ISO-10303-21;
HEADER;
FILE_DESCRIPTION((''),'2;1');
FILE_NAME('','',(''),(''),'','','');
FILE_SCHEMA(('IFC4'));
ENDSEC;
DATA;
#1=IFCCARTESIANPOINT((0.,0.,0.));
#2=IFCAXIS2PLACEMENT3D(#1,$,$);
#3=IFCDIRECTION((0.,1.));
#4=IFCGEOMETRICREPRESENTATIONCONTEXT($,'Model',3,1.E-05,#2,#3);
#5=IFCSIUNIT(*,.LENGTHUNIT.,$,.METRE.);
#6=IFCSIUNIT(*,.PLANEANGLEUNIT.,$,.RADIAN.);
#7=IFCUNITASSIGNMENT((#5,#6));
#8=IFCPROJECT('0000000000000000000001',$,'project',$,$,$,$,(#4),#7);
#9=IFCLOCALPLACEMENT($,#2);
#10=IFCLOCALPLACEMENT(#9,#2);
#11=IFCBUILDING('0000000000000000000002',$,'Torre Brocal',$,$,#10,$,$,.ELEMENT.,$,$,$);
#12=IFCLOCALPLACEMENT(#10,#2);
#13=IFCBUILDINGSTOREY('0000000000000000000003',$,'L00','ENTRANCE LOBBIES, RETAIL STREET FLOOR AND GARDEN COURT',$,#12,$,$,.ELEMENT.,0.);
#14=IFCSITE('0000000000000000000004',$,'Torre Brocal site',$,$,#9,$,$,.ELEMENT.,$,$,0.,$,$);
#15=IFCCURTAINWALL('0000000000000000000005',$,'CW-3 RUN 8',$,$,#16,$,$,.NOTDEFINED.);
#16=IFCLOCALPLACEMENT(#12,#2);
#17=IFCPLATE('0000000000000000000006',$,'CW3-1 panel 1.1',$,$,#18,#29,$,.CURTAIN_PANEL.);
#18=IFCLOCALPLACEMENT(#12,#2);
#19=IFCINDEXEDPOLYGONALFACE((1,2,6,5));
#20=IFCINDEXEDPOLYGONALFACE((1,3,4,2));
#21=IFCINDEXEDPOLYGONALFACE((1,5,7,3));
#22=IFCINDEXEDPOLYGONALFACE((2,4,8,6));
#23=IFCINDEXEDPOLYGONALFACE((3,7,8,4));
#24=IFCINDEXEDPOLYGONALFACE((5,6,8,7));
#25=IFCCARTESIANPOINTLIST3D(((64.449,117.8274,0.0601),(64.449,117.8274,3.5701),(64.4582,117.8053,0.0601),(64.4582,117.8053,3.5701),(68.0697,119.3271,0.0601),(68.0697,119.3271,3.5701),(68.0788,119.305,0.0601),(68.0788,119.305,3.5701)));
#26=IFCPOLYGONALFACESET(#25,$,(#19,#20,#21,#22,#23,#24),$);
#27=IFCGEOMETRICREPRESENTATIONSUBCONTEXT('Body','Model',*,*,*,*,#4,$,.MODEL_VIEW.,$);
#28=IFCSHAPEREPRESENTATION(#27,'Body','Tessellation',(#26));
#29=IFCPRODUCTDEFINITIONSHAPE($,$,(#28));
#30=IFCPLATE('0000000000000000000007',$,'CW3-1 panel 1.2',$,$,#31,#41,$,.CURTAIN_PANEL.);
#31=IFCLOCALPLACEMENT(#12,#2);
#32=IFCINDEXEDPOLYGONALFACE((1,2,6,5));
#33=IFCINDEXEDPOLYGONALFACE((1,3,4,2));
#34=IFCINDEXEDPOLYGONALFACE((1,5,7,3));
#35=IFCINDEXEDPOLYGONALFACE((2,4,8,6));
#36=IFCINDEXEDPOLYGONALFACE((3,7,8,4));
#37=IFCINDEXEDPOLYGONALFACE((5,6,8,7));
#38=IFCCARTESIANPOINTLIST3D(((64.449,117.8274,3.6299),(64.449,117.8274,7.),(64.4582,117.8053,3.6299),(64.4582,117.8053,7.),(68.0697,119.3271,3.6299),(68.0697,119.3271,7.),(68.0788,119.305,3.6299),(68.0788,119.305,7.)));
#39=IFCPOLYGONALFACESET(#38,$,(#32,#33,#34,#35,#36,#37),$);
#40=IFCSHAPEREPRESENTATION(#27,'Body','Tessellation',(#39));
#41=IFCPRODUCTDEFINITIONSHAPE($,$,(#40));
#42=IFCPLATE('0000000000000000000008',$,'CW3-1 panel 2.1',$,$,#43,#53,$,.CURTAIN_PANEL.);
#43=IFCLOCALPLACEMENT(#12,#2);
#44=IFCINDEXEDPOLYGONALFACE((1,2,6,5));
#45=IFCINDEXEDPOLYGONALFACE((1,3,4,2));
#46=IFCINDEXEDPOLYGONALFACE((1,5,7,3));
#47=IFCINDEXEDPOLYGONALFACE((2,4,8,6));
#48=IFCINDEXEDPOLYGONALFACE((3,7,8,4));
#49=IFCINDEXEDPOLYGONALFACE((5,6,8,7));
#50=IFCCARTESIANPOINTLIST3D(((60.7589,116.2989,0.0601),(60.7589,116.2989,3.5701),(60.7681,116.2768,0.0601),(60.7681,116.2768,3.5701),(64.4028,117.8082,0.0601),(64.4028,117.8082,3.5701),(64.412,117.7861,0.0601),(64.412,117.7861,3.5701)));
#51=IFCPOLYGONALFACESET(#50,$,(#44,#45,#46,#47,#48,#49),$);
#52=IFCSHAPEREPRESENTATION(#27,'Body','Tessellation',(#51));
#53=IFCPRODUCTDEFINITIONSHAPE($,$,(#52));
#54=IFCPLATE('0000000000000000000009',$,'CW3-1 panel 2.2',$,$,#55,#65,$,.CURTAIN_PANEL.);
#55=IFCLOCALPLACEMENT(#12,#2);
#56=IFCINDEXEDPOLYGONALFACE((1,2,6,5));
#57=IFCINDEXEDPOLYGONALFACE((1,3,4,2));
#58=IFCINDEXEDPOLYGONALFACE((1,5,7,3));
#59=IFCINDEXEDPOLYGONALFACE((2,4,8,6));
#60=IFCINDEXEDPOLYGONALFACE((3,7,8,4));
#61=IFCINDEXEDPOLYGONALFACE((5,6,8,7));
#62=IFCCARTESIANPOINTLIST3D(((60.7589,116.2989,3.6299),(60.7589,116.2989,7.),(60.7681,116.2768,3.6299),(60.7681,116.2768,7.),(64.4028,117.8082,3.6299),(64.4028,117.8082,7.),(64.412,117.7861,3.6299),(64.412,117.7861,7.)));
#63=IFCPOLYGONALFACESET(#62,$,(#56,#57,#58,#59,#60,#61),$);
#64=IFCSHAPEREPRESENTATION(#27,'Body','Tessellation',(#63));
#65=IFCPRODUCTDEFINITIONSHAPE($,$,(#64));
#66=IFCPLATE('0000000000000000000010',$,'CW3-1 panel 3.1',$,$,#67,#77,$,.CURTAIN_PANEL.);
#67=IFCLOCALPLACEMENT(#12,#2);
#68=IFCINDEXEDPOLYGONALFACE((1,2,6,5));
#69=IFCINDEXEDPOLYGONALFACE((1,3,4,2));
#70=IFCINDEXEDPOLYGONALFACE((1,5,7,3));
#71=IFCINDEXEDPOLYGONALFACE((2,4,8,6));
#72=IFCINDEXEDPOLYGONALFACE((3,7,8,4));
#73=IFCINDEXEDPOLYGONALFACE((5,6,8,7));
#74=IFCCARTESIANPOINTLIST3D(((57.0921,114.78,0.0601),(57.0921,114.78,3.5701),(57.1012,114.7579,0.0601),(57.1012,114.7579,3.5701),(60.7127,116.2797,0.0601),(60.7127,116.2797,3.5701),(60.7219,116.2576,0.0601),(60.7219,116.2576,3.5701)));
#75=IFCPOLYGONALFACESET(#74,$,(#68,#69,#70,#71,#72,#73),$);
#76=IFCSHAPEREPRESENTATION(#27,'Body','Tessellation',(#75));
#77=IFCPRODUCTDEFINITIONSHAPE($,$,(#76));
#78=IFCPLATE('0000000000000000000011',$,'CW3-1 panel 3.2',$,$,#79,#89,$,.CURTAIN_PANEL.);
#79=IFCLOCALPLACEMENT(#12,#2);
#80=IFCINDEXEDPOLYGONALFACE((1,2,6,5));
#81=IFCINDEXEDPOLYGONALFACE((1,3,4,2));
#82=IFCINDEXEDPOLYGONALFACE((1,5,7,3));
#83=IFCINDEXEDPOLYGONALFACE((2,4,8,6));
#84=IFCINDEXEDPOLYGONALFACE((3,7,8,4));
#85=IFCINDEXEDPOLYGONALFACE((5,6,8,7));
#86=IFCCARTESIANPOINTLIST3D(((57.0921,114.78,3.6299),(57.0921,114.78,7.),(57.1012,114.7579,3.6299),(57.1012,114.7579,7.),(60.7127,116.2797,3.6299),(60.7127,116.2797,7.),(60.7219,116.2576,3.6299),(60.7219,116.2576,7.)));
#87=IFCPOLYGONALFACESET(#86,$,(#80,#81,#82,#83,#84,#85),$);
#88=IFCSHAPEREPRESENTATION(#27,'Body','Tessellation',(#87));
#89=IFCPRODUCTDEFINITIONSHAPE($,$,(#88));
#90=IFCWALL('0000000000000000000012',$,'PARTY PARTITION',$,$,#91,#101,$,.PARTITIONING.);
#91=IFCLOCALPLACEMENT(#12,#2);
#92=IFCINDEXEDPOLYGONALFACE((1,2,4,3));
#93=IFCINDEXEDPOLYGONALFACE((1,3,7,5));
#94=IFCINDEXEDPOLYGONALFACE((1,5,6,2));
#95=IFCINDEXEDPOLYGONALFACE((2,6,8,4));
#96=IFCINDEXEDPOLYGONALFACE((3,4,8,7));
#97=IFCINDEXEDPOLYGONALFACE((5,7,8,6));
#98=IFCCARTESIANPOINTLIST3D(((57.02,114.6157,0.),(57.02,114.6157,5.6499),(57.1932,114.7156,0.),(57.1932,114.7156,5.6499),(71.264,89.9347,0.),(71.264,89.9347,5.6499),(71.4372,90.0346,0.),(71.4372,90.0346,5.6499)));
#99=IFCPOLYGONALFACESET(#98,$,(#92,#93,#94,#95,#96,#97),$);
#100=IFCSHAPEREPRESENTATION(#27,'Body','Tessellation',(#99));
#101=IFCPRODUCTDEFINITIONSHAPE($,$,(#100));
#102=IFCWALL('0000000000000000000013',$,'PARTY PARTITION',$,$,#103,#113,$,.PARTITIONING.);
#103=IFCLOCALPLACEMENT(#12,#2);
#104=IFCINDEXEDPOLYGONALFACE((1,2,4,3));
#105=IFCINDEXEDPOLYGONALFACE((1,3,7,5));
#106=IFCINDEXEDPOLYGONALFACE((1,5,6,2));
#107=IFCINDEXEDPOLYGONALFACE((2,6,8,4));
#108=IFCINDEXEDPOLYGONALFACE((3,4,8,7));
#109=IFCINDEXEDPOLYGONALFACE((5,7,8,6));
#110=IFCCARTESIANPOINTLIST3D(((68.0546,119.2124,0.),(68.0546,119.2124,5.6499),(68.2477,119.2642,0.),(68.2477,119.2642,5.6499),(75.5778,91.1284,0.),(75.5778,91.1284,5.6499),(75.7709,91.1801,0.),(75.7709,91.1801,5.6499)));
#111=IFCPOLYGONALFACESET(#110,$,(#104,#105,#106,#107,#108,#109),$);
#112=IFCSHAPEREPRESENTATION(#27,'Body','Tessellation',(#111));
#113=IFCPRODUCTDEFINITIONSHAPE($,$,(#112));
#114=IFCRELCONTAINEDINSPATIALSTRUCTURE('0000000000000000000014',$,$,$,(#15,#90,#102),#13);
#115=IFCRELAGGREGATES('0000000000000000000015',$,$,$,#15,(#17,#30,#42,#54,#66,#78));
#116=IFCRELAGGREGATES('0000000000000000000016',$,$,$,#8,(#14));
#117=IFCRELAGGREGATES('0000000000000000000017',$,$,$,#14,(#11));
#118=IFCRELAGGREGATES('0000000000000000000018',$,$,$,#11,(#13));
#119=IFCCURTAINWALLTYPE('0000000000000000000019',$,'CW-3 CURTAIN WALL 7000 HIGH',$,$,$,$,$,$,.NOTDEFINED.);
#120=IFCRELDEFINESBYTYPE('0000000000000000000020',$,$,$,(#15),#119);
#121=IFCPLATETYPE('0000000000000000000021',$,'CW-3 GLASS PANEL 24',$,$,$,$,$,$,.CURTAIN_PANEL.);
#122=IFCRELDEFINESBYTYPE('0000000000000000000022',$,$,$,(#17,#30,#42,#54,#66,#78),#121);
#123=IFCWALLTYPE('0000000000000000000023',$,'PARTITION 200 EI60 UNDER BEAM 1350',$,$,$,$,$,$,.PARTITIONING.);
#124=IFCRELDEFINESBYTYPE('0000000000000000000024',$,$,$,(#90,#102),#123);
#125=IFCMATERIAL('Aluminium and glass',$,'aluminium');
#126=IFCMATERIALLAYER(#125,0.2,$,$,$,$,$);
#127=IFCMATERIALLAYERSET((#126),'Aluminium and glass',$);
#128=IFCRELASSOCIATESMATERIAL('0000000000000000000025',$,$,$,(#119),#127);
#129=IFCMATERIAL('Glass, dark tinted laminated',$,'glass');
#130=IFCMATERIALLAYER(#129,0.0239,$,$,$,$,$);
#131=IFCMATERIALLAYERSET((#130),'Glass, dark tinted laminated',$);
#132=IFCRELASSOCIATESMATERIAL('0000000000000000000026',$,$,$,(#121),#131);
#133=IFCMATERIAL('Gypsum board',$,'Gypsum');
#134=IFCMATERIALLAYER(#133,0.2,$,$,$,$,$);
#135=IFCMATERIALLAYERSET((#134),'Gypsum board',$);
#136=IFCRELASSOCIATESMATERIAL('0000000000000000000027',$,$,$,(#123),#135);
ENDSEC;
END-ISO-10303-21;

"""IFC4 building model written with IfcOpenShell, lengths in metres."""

from ifc_helpers import new_model, si_unit, direction, frame, frame_2d, origin, origin_2d, place, context, subcontext, project, spatial, rectangle, extrude, material, layer, layer_set, type_object, element, aggregate, save


model = new_model("IFC4")

# Units and contexts
model_context = context("Model", 3, precision=1e-05, world=origin(), true_north=direction((0.0, 1.0)))
body_context = subcontext(model_context, "Body", "Model", "MODEL_VIEW")
ifc_project = project(units=[si_unit("LENGTHUNIT", "METRE"), si_unit("PLANEANGLEUNIT", "RADIAN")], contexts=[model_context])

# Site, building, storey
site_placement = place(None, origin())
site = spatial("IfcSite", under=ifc_project, at=site_placement, Name="Torre Brocal site", CompositionType="ELEMENT", RefElevation=0.0)
building_placement = place(site_placement, origin())
building = spatial("IfcBuilding", under=site, at=building_placement, Name="Torre Brocal", CompositionType="ELEMENT")
storey_placement = place(building_placement, origin())
storey = spatial("IfcBuildingStorey", under=building, at=storey_placement, Name="L00", Description="ENTRANCE LOBBIES, RETAIL STREET FLOOR AND GARDEN COURT", CompositionType="ELEMENT", Elevation=0.0)

# Curtain wall
ifc_material_1 = material(Name="Aluminium and glass", Category="aluminium")
ifc_layer_1 = layer(ifc_material_1, 0.2)
ifc_layer_set_1 = layer_set([ifc_layer_1], Name="Aluminium and glass")
curtain_wall_type = type_object("IfcCurtainWallType", Name="CW-3 CURTAIN WALL 7000 HIGH", PredefinedType="NOTDEFINED", material=ifc_layer_set_1)
curtain_wall_1_placement = place(storey_placement, origin())
curtain_wall_1 = element("IfcCurtainWall", 1, at=curtain_wall_1_placement, inside=storey, type_object=curtain_wall_type, Name="CW-3 RUN 8", PredefinedType="NOTDEFINED")

# Plates
ifc_material_2 = material(Name="Glass, dark tinted laminated", Category="glass")
ifc_layer_2 = layer(ifc_material_2, 0.0239)
ifc_layer_set_2 = layer_set([ifc_layer_2], Name="Glass, dark tinted laminated")
plate_type = type_object("IfcPlateType", Name="CW-3 GLASS PANEL 24", PredefinedType="CURTAIN_PANEL", material=ifc_layer_set_2)
plate_1_placement = place(storey_placement, frame((66.2639, 118.5662, 0.0601), z_axis=(0.0, 0.0, 1.0), x_axis=(-0.92388, -0.382683, 0.0)))
plate_1 = element("IfcPlate", 2, at=plate_1_placement, type_object=plate_type, Name="CW3-1 panel 1.1", PredefinedType="CURTAIN_PANEL", context=body_context, shape_type="SweptSolid", body=[
    extrude(rectangle(XDim=3.9189, YDim=0.0239, at=origin_2d()), origin(), (0.0, 0.0, 1.0), 3.51),
])
plate_2_placement = place(storey_placement, frame((66.2639, 118.5662, 3.6299), z_axis=(0.0, 0.0, 1.0), x_axis=(-0.92388, -0.382683, 0.0)))
plate_2 = element("IfcPlate", 3, at=plate_2_placement, type_object=plate_type, Name="CW3-1 panel 1.2", PredefinedType="CURTAIN_PANEL", context=body_context, shape_type="SweptSolid", body=[
    extrude(rectangle(XDim=3.9189, YDim=0.0239, at=origin_2d()), origin(), (0.0, 0.0, 1.0), 3.3701),
])
plate_3_placement = place(storey_placement, frame((62.5854, 117.0425, 0.0601), z_axis=(0.0, 0.0, 1.0), x_axis=(-0.92388, -0.382683, 0.0)))
plate_3 = element("IfcPlate", 4, at=plate_3_placement, type_object=plate_type, Name="CW3-1 panel 2.1", PredefinedType="CURTAIN_PANEL", context=body_context, shape_type="SweptSolid", body=[
    extrude(rectangle(XDim=3.9441, YDim=0.0239, at=origin_2d()), origin(), (0.0, 0.0, 1.0), 3.51),
])
plate_4_placement = place(storey_placement, frame((62.5854, 117.0425, 3.6299), z_axis=(0.0, 0.0, 1.0), x_axis=(-0.92388, -0.382683, 0.0)))
plate_4 = element("IfcPlate", 5, at=plate_4_placement, type_object=plate_type, Name="CW3-1 panel 2.2", PredefinedType="CURTAIN_PANEL", context=body_context, shape_type="SweptSolid", body=[
    extrude(rectangle(XDim=3.9441, YDim=0.0239, at=origin_2d()), origin(), (0.0, 0.0, 1.0), 3.3701),
])
plate_5_placement = place(storey_placement, frame((58.907, 115.5188, 0.0601), z_axis=(0.0, 0.0, 1.0), x_axis=(-0.92388, -0.382683, 0.0)))
plate_5 = element("IfcPlate", 6, at=plate_5_placement, type_object=plate_type, Name="CW3-1 panel 3.1", PredefinedType="CURTAIN_PANEL", context=body_context, shape_type="SweptSolid", body=[
    extrude(rectangle(XDim=3.9189, YDim=0.0239, at=origin_2d()), origin(), (0.0, 0.0, 1.0), 3.51),
])
plate_6_placement = place(storey_placement, frame((58.907, 115.5188, 3.6299), z_axis=(0.0, 0.0, 1.0), x_axis=(-0.92388, -0.382683, 0.0)))
plate_6 = element("IfcPlate", 7, at=plate_6_placement, type_object=plate_type, Name="CW3-1 panel 3.2", PredefinedType="CURTAIN_PANEL", context=body_context, shape_type="SweptSolid", body=[
    extrude(rectangle(XDim=3.9189, YDim=0.0239, at=origin_2d()), origin(), (0.0, 0.0, 1.0), 3.3701),
])
aggregate(curtain_wall_1, [plate_1, plate_2, plate_3, plate_4, plate_5, plate_6])

# Walls
ifc_material_3 = material(Name="Gypsum board", Category="Gypsum")
ifc_layer_3 = layer(ifc_material_3, 0.2)
ifc_layer_set_3 = layer_set([ifc_layer_3], Name="Gypsum board")
wall_type = type_object("IfcWallType", Name="PARTITION 200 EI60 UNDER BEAM 1350", PredefinedType="PARTITIONING", material=ifc_layer_set_3)
wall_1_placement = place(storey_placement, frame((57.1067, 114.6655, 0.0), z_axis=(0.0, 0.0, 1.0), x_axis=(0.499852, -0.866111, 0.0)))
element("IfcWall", 8, at=wall_1_placement, inside=storey, type_object=wall_type, Name="PARTY PARTITION", PredefinedType="PARTITIONING", context=body_context, shape_type="SweptSolid", body=[
    extrude(rectangle(XDim=28.4963, YDim=0.2, at=frame_2d((14.248, 0.0))), origin(), (0.0, 0.0, 1.0), 5.6499),
])
wall_2_placement = place(storey_placement, frame((68.1511, 119.2383, 0.0), z_axis=(0.0, 0.0, 1.0), x_axis=(0.258758, -0.965942, 0.0)))
element("IfcWall", 9, at=wall_2_placement, inside=storey, type_object=wall_type, Name="PARTY PARTITION", PredefinedType="PARTITIONING", context=body_context, shape_type="SweptSolid", body=[
    extrude(rectangle(XDim=29.0742, YDim=0.2, at=frame_2d((14.5371, 0.0))), origin(), (0.0, 0.0, 1.0), 5.6499),
])

save(model, "model.ifc")
